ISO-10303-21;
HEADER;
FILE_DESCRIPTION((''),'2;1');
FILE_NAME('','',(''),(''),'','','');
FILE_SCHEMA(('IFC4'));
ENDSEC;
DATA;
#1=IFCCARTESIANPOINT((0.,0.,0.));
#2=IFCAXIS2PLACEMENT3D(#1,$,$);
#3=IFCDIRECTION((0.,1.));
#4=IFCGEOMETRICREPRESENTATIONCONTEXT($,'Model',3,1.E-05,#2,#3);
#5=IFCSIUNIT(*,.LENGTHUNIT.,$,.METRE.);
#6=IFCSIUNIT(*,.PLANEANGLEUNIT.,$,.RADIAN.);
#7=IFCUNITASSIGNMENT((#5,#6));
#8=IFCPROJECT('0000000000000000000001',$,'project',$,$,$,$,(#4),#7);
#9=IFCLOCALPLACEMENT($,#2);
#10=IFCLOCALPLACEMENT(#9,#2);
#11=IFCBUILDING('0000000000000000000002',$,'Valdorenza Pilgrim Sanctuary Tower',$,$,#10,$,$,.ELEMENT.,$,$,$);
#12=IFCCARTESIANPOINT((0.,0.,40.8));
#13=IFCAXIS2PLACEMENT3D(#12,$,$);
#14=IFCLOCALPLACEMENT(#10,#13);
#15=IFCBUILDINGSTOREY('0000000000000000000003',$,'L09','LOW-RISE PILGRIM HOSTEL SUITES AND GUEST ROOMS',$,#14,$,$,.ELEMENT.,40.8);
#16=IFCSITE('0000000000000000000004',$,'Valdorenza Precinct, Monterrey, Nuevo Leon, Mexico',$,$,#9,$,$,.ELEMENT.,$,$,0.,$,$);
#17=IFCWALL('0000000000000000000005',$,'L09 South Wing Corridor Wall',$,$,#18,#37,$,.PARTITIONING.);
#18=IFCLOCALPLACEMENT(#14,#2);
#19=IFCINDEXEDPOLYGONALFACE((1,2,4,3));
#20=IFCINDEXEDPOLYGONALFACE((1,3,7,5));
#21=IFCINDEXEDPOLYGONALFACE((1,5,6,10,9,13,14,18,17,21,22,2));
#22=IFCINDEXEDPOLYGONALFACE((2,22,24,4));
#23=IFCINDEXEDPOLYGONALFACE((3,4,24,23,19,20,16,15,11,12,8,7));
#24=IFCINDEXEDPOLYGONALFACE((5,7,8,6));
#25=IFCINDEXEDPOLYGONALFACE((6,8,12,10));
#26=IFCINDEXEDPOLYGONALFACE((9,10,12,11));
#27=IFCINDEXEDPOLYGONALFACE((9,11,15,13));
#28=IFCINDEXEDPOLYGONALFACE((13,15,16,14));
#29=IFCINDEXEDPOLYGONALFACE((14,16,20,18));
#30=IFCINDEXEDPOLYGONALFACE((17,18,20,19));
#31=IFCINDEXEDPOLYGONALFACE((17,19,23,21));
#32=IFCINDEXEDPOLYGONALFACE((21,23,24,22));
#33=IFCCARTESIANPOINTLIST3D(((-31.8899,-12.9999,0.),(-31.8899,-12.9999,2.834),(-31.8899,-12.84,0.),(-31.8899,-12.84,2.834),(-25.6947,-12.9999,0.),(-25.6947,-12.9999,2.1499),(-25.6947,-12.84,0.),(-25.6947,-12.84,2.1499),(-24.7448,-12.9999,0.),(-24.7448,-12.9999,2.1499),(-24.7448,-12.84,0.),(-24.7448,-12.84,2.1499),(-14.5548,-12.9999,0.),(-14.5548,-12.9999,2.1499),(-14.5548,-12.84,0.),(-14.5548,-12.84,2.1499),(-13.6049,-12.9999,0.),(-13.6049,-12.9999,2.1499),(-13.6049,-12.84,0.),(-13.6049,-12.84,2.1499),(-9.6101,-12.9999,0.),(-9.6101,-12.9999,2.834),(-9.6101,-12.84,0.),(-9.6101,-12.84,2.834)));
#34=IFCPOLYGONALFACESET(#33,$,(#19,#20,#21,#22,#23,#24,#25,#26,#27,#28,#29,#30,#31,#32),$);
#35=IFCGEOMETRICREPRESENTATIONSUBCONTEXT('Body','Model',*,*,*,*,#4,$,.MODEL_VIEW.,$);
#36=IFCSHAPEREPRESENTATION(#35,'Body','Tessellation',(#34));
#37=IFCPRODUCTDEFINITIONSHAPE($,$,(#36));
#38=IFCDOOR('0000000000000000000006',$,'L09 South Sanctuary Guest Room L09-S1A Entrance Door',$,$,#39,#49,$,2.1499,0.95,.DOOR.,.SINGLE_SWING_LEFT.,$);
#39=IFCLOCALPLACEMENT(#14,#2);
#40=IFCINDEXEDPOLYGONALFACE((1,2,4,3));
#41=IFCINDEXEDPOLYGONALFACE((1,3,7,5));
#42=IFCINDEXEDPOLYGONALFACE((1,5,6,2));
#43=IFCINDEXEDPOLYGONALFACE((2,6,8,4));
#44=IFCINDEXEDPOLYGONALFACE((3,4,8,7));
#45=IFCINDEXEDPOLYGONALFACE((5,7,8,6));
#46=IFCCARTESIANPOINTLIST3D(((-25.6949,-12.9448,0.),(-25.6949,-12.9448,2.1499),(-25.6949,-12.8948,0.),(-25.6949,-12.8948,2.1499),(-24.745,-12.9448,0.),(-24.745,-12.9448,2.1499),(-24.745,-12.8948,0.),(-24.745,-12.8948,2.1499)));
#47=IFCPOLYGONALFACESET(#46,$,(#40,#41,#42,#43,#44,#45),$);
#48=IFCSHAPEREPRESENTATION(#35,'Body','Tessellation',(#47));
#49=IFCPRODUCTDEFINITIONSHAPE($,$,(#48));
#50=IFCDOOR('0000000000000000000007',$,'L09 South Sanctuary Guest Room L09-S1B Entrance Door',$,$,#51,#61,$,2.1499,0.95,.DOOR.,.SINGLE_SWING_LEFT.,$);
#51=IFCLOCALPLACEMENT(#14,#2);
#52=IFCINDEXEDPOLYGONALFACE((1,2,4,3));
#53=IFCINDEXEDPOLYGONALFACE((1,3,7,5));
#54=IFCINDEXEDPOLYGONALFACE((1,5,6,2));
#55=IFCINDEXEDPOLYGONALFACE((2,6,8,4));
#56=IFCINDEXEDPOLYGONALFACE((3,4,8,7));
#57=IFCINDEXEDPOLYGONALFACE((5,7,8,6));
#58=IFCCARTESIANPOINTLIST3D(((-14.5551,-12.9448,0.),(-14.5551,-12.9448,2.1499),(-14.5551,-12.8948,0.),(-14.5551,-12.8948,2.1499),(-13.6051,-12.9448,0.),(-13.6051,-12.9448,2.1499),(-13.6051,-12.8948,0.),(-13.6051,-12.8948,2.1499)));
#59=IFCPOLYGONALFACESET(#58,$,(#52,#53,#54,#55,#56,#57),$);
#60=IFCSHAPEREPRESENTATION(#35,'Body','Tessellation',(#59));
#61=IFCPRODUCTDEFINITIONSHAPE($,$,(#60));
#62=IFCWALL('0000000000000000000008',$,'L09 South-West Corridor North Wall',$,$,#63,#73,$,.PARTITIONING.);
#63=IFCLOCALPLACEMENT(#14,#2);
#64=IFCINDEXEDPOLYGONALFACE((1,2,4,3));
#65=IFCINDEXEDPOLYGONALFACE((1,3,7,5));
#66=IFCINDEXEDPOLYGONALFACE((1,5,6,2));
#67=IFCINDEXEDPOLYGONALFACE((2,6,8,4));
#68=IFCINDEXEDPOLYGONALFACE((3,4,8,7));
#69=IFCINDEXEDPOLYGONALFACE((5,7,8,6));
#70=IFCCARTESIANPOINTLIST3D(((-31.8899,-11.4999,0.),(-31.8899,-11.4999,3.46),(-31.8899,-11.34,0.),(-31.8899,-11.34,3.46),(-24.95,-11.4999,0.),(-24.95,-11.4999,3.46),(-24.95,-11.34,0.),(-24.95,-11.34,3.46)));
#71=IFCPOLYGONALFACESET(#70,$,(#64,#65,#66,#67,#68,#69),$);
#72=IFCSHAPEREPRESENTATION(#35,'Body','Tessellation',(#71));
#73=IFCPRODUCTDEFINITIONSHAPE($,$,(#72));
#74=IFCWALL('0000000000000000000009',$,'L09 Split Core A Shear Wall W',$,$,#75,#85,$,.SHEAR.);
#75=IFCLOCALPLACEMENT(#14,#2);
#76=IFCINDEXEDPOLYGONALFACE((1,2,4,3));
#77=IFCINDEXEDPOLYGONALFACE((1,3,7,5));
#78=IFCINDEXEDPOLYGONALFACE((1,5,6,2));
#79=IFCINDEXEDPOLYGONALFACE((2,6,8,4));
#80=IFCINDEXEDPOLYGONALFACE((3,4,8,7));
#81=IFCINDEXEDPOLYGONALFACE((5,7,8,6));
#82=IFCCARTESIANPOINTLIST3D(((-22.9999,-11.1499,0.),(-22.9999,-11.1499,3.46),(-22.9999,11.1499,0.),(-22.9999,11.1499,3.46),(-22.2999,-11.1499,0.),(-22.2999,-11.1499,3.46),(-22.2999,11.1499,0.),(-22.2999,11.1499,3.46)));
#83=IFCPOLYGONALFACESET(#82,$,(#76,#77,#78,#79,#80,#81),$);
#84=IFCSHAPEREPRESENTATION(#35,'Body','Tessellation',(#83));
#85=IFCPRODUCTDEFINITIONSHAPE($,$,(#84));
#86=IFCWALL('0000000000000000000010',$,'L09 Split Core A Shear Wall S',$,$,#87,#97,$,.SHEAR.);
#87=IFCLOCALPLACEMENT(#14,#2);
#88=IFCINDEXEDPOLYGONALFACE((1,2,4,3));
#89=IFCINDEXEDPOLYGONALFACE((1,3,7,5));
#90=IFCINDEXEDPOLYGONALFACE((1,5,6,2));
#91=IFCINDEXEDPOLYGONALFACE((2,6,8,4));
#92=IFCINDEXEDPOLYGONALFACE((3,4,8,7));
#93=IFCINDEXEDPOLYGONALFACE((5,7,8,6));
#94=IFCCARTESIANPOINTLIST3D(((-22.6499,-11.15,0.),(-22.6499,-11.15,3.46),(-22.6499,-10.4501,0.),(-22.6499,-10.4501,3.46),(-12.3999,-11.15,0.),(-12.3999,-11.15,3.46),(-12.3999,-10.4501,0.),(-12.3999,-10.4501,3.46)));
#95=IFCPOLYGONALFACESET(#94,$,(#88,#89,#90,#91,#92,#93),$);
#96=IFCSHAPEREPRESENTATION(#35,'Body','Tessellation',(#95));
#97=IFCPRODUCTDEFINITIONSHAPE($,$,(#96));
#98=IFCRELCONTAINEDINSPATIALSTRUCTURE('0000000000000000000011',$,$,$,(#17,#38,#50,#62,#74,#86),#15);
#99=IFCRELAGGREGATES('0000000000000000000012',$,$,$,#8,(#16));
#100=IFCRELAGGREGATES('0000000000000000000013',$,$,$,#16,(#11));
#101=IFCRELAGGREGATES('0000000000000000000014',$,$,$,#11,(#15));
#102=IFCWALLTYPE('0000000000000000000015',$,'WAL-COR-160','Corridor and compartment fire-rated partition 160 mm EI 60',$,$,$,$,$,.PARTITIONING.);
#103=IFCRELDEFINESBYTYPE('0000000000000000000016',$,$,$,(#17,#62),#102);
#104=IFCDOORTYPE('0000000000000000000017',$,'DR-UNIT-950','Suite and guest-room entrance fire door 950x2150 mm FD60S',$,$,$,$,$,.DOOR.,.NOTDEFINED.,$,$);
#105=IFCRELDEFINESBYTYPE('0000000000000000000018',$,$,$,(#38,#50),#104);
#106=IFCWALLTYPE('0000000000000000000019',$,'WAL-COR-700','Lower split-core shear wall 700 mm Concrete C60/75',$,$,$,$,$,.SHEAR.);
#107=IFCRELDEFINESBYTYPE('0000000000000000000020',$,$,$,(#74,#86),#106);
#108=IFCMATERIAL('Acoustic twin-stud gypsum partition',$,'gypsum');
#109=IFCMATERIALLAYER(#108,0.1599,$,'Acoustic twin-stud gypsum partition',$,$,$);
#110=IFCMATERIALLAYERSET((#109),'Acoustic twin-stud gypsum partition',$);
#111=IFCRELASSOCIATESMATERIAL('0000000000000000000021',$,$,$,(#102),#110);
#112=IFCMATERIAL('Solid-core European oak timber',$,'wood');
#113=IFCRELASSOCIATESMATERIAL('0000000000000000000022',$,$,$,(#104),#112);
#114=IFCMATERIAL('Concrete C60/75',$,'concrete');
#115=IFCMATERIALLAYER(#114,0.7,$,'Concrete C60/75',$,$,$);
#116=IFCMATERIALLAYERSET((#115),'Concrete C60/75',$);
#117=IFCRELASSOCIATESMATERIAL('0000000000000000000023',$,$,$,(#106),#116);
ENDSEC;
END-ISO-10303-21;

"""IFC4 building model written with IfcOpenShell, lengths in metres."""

from ifc_helpers import new_model, si_unit, direction, frame, frame_2d, origin, place, context, subcontext, project, spatial, rectangle, extrude, material, layer, layer_set, type_object, element, fill, save


model = new_model("IFC4")

# Units and contexts
model_context = context("Model", 3, precision=1e-05, world=origin(), true_north=direction((0.0, 1.0)))
body_context = subcontext(model_context, "Body", "Model", "MODEL_VIEW")
ifc_project = project(units=[si_unit("LENGTHUNIT", "METRE"), si_unit("PLANEANGLEUNIT", "RADIAN")], contexts=[model_context])

# Site, building, storey
site_placement = place(None, origin())
site = spatial("IfcSite", under=ifc_project, at=site_placement, Name="Valdorenza Precinct, Monterrey, Nuevo Leon, Mexico", CompositionType="ELEMENT", RefElevation=0.0)
building_placement = place(site_placement, origin())
building = spatial("IfcBuilding", under=site, at=building_placement, Name="Valdorenza Pilgrim Sanctuary Tower", CompositionType="ELEMENT")
storey_placement = place(building_placement, frame((0.0, 0.0, 40.8)))
storey = spatial("IfcBuildingStorey", under=building, at=storey_placement, Name="L09", Description="LOW-RISE PILGRIM HOSTEL SUITES AND GUEST ROOMS", CompositionType="ELEMENT", Elevation=40.8)

# Shared definitions
ifc_material_1 = material(Name="Concrete C60/75", Category="concrete")

# Wall, openings, doors
ifc_material_2 = material(Name="Acoustic twin-stud gypsum partition", Category="gypsum")
ifc_layer_1 = layer(ifc_material_2, 0.1599, Name="Acoustic twin-stud gypsum partition")
ifc_layer_set_1 = layer_set([ifc_layer_1], Name="Acoustic twin-stud gypsum partition")
wall_type_1 = type_object("IfcWallType", Name="WAL-COR-160", Description="Corridor and compartment fire-rated partition 160 mm EI 60", PredefinedType="PARTITIONING", material=ifc_layer_set_1)
ifc_material_3 = material(Name="Solid-core European oak timber", Category="wood")
door_type = type_object("IfcDoorType", Name="DR-UNIT-950", Description="Suite and guest-room entrance fire door 950x2150 mm FD60S", OperationType="NOTDEFINED", PredefinedType="DOOR", material=ifc_material_3)
wall_1_placement = place(storey_placement, frame((-31.8899, -12.9199, 0.0), z_axis=(0.0, 0.0, 1.0), x_axis=(1.0, 0.0, 0.0)))
wall_1 = element("IfcWall", 1, at=wall_1_placement, inside=storey, type_object=wall_type_1, Name="L09 South Wing Corridor Wall", PredefinedType="PARTITIONING", context=body_context, shape_type="SweptSolid", body=[
    extrude(rectangle(XDim=22.2798, YDim=0.1599, at=frame_2d((11.1399, 0.0))), origin(), (0.0, 0.0, 1.0), 2.834),
])
opening_1_placement = place(wall_1_placement, frame((6.1951, 0.0, 0.0)))
opening_1 = element("IfcOpeningElement", 2, at=opening_1_placement, cuts=wall_1, PredefinedType="OPENING", context=body_context, shape_type="SweptSolid", body=[
    extrude(rectangle(XDim=0.95, YDim=2.1499, at=frame_2d((0.4751, 1.075))), frame((0.0, 0.0947, 0.0), z_axis=(0.0, -1.0, 0.0), x_axis=(1.0, 0.0, 0.0)), (0.0, 0.0, 1.0), 0.1897),
])
opening_2_placement = place(wall_1_placement, frame((17.335, 0.0, 0.0)))
opening_2 = element("IfcOpeningElement", 3, at=opening_2_placement, cuts=wall_1, PredefinedType="OPENING", context=body_context, shape_type="SweptSolid", body=[
    extrude(rectangle(XDim=0.95, YDim=2.1499, at=frame_2d((0.4751, 1.075))), frame((0.0, 0.0947, 0.0), z_axis=(0.0, -1.0, 0.0), x_axis=(1.0, 0.0, 0.0)), (0.0, 0.0, 1.0), 0.1897),
])
door_1_placement = place(opening_1_placement, frame((0.95, 0.0, 0.0), z_axis=(0.0, 0.0, 1.0), x_axis=(-1.0, 0.0, 0.0)))
door_1 = element("IfcDoor", 4, at=door_1_placement, inside=storey, type_object=door_type, Name="L09 South Sanctuary Guest Room L09-S1A Entrance Door", OperationType="SINGLE_SWING_LEFT", OverallHeight=2.1499, OverallWidth=0.95, PredefinedType="DOOR", context=body_context, shape_type="SweptSolid", body=[
    extrude(rectangle(XDim=0.95, YDim=2.1499, at=frame_2d((0.4751, 1.075))), frame((0.0, 0.0249, 0.0), z_axis=(0.0, -1.0, 0.0), x_axis=(1.0, 0.0, 0.0)), (0.0, 0.0, 1.0), 0.05),
])
fill(opening_1, door_1)
door_2_placement = place(opening_2_placement, frame((0.95, 0.0, 0.0), z_axis=(0.0, 0.0, 1.0), x_axis=(-1.0, 0.0, 0.0)))
door_2 = element("IfcDoor", 5, at=door_2_placement, inside=storey, type_object=door_type, Name="L09 South Sanctuary Guest Room L09-S1B Entrance Door", OperationType="SINGLE_SWING_LEFT", OverallHeight=2.1499, OverallWidth=0.95, PredefinedType="DOOR", context=body_context, shape_type="SweptSolid", body=[
    extrude(rectangle(XDim=0.95, YDim=2.1499, at=frame_2d((0.4751, 1.075))), frame((0.0, 0.0249, 0.0), z_axis=(0.0, -1.0, 0.0), x_axis=(1.0, 0.0, 0.0)), (0.0, 0.0, 1.0), 0.05),
])
fill(opening_2, door_2)

# Walls
wall_2_placement = place(storey_placement, frame((-31.8899, -11.4199, 0.0), z_axis=(0.0, 0.0, 1.0), x_axis=(1.0, 0.0, 0.0)))
element("IfcWall", 6, at=wall_2_placement, inside=storey, type_object=wall_type_1, Name="L09 South-West Corridor North Wall", PredefinedType="PARTITIONING", context=body_context, shape_type="SweptSolid", body=[
    extrude(rectangle(XDim=6.9399, YDim=0.1599, at=frame_2d((3.47, 0.0))), origin(), (0.0, 0.0, 1.0), 3.46),
])
ifc_layer_2 = layer(ifc_material_1, 0.7, Name="Concrete C60/75")
ifc_layer_set_2 = layer_set([ifc_layer_2], Name="Concrete C60/75")
wall_type_2 = type_object("IfcWallType", Name="WAL-COR-700", Description="Lower split-core shear wall 700 mm Concrete C60/75", PredefinedType="SHEAR", material=ifc_layer_set_2)
wall_3_placement = place(storey_placement, frame((-22.6499, -11.1499, 0.0), z_axis=(0.0, 0.0, 1.0), x_axis=(0.0, 1.0, 0.0)))
element("IfcWall", 7, at=wall_3_placement, inside=storey, type_object=wall_type_2, Name="L09 Split Core A Shear Wall W", PredefinedType="SHEAR", context=body_context, shape_type="SweptSolid", body=[
    extrude(rectangle(XDim=22.2998, YDim=0.7, at=frame_2d((11.1499, 0.0))), origin(), (0.0, 0.0, 1.0), 3.46),
])
wall_4_placement = place(storey_placement, frame((-22.6499, -10.8, 0.0), z_axis=(0.0, 0.0, 1.0), x_axis=(1.0, 0.0, 0.0)))
element("IfcWall", 8, at=wall_4_placement, inside=storey, type_object=wall_type_2, Name="L09 Split Core A Shear Wall S", PredefinedType="SHEAR", context=body_context, shape_type="SweptSolid", body=[
    extrude(rectangle(XDim=10.25, YDim=0.7, at=frame_2d((5.125, 0.0))), origin(), (0.0, 0.0, 1.0), 3.46),
])

save(model, "model.ifc")
